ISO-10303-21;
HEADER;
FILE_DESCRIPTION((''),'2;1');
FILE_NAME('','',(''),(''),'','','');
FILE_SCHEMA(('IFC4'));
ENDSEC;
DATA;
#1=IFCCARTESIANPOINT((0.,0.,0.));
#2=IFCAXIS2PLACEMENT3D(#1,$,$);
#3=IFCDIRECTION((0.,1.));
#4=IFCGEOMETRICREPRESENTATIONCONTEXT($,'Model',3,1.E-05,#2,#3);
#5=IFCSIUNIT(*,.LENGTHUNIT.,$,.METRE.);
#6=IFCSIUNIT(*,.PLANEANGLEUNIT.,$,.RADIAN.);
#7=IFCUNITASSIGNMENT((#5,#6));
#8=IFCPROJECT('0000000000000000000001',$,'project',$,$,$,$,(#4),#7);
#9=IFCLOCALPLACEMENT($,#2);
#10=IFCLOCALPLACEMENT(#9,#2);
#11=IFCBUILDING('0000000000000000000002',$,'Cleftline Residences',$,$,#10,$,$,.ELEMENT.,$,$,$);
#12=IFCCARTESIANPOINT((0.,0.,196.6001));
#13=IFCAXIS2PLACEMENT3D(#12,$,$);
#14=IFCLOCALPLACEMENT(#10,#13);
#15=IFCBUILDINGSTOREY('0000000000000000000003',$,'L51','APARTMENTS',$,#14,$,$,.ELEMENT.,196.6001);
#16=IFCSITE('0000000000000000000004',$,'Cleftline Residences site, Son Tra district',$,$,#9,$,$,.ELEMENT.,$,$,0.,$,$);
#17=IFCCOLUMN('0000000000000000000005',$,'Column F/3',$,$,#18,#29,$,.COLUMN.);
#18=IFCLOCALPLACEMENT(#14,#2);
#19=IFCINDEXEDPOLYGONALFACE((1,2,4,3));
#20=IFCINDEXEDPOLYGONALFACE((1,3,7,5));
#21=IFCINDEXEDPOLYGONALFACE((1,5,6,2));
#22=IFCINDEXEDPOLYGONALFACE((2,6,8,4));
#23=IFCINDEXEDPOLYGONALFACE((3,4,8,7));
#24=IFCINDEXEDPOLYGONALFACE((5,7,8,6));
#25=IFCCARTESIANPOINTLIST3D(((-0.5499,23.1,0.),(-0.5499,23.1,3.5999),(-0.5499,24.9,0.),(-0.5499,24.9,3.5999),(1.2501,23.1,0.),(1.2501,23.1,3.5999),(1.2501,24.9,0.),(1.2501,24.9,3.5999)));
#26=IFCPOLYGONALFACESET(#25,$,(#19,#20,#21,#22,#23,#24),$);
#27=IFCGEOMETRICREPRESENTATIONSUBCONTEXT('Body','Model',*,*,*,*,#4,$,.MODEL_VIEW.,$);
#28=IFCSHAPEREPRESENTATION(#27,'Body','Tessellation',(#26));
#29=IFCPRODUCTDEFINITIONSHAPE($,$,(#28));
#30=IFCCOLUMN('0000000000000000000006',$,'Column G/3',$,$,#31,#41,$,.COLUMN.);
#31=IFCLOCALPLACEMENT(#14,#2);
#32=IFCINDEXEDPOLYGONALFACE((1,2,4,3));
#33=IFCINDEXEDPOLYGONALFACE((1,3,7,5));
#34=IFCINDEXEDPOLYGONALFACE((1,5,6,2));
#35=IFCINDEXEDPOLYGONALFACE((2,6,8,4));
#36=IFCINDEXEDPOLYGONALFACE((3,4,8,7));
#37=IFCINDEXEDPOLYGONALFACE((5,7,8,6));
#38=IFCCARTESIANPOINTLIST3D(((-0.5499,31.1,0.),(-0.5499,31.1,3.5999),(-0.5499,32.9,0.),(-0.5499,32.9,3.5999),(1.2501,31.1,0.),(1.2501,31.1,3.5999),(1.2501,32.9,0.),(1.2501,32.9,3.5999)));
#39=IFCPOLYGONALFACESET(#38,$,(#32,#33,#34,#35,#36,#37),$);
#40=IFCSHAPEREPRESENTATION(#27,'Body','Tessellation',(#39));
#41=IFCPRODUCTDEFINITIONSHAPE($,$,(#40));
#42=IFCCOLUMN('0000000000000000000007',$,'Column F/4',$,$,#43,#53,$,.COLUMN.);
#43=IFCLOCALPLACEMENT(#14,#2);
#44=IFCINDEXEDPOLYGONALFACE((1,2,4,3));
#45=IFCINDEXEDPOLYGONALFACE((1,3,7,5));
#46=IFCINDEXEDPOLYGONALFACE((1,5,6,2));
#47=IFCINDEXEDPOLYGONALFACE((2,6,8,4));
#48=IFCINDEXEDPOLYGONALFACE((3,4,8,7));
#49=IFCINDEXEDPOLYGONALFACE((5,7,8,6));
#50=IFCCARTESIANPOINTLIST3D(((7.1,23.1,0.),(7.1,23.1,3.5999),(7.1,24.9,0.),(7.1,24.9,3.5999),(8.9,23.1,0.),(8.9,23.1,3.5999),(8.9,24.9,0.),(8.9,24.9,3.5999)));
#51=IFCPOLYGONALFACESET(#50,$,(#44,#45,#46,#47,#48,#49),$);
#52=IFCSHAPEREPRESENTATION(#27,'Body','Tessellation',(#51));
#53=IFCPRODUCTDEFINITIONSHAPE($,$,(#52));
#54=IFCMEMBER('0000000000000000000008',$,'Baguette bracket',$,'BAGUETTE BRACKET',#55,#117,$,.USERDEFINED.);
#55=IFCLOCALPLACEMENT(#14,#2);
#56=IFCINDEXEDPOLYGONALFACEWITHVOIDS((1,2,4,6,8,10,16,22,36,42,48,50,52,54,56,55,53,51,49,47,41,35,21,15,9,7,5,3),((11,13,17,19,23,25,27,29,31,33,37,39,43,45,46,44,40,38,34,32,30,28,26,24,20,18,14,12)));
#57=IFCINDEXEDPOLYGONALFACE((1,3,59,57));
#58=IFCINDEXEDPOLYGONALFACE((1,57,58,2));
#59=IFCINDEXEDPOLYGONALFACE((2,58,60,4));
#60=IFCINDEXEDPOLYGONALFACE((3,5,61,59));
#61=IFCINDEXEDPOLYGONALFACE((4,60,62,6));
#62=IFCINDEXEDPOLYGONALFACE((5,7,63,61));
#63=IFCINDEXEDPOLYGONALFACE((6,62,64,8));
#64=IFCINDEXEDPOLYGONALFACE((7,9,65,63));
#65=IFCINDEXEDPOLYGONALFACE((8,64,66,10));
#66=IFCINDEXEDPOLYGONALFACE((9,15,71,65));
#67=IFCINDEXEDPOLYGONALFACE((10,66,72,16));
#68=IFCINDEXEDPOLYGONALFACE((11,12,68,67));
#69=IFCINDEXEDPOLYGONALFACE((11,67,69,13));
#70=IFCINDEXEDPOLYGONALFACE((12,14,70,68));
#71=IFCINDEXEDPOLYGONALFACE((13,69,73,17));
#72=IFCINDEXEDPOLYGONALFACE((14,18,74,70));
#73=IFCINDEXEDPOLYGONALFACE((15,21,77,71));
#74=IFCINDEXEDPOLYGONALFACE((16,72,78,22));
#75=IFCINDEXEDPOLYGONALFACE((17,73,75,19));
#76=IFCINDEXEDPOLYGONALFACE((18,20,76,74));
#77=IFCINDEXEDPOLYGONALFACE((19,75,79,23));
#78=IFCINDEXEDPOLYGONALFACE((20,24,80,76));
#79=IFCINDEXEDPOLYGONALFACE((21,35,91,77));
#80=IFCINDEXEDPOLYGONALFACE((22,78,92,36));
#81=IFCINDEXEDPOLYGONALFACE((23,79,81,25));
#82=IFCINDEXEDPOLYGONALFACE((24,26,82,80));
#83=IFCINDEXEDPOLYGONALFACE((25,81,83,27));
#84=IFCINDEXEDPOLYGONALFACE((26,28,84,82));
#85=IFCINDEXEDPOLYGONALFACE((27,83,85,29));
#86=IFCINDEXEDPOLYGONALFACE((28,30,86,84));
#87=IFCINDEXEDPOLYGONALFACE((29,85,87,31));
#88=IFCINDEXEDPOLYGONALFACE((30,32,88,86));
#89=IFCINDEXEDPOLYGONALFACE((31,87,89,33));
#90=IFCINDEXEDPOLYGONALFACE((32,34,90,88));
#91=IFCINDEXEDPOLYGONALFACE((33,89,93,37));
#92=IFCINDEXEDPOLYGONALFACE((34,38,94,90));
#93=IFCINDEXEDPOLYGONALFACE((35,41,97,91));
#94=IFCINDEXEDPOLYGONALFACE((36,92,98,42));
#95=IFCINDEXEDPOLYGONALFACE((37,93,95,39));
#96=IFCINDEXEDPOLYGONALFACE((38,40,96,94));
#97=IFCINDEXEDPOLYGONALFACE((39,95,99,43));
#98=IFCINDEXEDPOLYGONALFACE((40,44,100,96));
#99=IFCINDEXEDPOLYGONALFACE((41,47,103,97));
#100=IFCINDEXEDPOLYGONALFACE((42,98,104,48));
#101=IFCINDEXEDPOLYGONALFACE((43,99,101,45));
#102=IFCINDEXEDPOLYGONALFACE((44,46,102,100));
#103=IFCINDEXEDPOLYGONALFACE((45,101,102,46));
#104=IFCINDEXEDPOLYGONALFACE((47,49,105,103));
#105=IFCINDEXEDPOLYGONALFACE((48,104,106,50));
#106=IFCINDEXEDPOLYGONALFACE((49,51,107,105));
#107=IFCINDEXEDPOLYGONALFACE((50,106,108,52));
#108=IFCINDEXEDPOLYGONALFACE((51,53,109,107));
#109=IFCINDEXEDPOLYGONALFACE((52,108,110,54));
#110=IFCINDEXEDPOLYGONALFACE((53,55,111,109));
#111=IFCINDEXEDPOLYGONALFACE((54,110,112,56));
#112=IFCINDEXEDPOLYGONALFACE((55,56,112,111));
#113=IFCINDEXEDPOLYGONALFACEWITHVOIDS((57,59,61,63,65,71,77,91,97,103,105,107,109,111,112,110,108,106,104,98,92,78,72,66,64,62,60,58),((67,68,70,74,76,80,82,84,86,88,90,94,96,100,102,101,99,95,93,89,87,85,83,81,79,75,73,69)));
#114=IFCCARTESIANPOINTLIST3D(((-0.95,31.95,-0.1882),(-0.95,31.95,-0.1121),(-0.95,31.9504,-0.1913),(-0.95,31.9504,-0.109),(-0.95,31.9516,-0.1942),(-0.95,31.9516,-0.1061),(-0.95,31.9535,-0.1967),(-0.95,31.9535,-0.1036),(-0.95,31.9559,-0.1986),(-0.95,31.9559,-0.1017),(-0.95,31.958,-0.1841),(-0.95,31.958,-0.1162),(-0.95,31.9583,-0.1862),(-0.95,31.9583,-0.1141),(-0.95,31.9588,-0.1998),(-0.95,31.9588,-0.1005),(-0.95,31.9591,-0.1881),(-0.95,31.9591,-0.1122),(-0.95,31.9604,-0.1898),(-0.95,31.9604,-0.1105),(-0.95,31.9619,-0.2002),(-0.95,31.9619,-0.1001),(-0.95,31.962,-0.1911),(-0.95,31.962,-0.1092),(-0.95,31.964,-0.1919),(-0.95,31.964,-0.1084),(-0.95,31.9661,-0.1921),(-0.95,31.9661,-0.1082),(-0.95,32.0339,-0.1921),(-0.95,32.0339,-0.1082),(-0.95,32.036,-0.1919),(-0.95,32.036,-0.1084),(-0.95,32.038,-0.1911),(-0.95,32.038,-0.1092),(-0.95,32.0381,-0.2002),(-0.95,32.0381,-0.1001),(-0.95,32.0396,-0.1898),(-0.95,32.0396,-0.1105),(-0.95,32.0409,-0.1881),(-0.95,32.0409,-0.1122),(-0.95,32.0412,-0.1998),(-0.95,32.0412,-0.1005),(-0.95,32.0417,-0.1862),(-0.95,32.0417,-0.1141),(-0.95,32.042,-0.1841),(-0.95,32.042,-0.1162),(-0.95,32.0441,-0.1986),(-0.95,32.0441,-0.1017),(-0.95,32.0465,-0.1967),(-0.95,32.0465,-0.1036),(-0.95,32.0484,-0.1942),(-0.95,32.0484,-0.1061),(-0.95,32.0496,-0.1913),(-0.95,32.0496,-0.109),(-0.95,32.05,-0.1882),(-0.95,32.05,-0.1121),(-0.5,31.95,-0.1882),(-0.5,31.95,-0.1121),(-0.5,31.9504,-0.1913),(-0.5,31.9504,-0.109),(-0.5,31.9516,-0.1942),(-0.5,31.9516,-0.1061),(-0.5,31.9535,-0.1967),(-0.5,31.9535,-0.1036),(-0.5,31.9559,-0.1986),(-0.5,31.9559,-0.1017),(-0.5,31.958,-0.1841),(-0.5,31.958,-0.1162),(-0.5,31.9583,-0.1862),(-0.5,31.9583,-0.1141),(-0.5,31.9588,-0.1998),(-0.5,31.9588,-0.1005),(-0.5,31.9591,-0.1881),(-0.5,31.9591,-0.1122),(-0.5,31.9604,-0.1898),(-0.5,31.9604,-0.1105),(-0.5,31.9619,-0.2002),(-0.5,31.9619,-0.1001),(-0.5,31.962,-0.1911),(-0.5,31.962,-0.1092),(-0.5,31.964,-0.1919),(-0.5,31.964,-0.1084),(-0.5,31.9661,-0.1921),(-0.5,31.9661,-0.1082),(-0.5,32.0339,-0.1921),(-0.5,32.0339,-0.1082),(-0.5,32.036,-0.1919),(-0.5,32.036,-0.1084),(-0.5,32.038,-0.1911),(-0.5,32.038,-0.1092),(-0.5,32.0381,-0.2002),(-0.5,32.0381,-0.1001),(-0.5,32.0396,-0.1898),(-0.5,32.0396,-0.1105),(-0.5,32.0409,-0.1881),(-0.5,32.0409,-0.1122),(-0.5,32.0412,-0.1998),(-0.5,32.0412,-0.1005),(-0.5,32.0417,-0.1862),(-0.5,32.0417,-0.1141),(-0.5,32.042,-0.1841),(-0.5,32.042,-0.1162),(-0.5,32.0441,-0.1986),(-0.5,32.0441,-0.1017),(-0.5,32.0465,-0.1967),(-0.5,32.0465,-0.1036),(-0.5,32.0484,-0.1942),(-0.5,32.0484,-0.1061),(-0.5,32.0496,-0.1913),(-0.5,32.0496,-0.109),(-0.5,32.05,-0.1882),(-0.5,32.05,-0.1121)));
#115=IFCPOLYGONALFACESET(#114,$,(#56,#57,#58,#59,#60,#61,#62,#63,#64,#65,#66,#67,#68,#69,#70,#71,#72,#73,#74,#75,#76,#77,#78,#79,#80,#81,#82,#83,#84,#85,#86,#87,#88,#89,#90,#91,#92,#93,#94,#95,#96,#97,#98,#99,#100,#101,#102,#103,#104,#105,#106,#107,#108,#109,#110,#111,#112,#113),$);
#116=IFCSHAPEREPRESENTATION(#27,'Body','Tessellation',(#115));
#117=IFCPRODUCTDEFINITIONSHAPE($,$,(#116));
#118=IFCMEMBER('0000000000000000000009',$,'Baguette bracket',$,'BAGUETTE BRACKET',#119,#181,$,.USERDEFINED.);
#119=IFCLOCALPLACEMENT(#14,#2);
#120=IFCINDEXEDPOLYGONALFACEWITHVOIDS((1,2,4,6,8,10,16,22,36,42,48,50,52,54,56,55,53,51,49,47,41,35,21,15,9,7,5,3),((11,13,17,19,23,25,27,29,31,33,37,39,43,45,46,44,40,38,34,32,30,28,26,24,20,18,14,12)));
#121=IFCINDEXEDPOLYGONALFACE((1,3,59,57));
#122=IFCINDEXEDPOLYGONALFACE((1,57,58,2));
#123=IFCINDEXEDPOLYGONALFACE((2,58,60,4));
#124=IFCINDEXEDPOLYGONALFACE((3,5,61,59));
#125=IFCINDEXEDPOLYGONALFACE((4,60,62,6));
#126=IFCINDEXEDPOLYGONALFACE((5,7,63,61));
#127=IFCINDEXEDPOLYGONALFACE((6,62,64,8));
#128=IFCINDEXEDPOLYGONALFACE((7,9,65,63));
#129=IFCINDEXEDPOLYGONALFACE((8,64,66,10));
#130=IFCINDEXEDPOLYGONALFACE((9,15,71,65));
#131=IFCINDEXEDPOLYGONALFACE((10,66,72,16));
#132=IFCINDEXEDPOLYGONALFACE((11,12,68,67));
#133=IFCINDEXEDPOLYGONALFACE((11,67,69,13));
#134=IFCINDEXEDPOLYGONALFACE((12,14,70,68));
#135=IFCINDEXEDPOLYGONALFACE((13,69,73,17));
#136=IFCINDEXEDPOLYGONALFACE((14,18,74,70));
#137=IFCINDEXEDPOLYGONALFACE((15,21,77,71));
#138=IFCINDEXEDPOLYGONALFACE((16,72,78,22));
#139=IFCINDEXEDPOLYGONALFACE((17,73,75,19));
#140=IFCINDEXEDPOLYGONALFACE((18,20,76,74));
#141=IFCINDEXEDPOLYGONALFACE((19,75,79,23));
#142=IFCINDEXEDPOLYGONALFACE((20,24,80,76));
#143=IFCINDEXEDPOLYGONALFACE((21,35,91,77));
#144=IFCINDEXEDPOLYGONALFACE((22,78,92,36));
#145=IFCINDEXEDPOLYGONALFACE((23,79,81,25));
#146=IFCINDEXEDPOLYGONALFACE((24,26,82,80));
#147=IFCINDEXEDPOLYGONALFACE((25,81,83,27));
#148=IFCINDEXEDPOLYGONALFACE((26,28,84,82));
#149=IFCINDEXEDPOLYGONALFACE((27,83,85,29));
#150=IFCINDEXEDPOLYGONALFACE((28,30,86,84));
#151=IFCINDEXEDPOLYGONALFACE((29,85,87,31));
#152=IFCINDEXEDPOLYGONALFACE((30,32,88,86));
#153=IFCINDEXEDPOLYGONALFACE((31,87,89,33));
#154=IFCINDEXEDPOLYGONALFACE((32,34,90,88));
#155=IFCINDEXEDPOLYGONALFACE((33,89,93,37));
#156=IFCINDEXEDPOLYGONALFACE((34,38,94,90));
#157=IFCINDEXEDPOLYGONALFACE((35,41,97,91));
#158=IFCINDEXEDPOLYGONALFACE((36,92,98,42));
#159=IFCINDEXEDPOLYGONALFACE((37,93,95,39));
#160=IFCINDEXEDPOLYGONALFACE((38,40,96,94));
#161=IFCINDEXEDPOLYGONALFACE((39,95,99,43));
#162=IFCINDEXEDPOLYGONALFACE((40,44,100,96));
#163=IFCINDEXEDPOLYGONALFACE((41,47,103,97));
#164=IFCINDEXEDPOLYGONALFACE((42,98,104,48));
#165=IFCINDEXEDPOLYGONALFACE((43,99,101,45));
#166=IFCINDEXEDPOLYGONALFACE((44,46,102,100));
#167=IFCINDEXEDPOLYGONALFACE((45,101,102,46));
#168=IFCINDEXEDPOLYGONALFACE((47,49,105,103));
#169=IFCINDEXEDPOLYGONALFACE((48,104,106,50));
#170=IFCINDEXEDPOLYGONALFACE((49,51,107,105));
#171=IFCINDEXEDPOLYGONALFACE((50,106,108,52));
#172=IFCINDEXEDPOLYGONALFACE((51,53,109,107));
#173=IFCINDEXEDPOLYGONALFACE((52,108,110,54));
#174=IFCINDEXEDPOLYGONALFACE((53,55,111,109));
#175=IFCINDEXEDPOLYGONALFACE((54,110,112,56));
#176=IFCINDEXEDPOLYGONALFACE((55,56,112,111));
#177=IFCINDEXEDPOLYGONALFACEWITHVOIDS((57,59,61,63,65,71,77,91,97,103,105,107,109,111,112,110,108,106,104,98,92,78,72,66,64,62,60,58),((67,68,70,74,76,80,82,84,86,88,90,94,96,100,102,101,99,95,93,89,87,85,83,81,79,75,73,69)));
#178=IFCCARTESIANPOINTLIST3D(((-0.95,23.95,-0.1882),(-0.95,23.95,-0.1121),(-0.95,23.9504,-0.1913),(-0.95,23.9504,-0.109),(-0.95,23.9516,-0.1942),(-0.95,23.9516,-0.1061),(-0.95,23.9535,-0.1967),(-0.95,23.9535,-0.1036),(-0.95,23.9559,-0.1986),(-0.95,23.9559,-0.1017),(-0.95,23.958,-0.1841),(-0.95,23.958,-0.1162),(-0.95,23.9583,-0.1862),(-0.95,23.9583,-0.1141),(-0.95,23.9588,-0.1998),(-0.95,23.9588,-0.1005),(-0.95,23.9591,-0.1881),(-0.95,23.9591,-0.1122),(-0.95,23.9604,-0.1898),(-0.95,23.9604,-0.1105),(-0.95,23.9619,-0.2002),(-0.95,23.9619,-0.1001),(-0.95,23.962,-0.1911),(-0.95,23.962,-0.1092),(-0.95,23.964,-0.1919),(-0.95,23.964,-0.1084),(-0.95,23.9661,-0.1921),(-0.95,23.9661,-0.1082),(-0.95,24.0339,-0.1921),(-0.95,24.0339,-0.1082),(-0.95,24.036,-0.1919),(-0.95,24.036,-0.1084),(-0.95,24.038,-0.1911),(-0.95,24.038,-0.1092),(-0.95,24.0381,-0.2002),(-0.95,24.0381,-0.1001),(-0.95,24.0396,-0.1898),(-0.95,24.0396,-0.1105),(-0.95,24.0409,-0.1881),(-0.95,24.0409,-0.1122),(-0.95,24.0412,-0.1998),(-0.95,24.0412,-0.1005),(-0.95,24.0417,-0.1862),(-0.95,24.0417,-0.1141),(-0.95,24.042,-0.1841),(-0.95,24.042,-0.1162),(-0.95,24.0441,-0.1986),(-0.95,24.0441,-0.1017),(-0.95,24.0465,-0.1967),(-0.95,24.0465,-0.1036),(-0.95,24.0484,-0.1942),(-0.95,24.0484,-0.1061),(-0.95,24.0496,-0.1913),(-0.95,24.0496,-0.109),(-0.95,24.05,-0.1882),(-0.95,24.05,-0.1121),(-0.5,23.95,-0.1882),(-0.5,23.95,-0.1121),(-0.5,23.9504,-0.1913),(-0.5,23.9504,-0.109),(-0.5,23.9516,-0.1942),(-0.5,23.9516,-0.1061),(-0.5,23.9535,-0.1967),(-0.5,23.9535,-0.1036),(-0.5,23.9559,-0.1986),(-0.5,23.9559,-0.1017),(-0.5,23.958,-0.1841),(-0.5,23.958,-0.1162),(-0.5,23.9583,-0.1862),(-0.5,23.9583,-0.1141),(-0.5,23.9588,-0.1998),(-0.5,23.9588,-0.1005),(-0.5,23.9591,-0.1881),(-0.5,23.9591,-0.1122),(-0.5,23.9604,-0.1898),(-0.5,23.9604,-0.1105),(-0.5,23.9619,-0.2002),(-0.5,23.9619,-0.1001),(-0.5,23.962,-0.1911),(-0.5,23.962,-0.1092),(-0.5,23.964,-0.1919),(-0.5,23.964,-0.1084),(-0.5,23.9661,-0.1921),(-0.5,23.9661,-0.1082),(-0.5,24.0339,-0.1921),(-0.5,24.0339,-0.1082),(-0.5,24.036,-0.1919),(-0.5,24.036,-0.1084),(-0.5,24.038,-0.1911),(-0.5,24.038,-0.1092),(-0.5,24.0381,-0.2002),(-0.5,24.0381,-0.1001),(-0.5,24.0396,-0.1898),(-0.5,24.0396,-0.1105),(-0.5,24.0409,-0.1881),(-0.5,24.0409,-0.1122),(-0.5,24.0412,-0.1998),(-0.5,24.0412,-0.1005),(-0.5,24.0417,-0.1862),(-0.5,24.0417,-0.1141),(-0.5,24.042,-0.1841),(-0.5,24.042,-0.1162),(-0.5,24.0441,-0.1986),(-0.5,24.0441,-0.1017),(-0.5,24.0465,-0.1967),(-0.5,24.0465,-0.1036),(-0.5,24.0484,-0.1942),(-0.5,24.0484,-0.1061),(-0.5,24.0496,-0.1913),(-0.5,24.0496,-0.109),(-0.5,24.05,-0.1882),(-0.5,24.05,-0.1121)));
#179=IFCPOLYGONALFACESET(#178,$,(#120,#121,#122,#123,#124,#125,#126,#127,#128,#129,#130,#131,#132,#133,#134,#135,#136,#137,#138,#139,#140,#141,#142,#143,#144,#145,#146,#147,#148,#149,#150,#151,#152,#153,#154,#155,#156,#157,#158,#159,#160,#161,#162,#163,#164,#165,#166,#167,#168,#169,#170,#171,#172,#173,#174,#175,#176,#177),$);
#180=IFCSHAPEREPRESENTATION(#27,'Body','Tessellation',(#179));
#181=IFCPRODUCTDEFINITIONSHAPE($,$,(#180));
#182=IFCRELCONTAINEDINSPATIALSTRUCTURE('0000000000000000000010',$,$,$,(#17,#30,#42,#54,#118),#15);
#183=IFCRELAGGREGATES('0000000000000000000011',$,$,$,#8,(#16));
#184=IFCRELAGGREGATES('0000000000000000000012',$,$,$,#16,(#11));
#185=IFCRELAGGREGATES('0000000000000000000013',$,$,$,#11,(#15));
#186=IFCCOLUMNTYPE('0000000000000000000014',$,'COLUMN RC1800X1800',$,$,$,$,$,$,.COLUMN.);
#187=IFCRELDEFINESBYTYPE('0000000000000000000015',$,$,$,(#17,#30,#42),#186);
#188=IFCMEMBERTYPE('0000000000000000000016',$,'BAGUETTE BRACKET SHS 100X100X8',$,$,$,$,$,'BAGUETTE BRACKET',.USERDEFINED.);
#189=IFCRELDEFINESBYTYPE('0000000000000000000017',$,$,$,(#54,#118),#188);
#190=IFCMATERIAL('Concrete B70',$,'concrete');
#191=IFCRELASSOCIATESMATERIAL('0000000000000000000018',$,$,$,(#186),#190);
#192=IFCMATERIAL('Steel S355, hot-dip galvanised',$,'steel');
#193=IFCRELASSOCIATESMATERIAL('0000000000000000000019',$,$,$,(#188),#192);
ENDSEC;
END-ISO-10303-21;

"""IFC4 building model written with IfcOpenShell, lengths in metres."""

from ifc_helpers import new_model, si_unit, direction, frame, origin, origin_2d, place, context, subcontext, project, spatial, rectangle, hollow_rectangle, extrude, material, material_profile, profile_set, type_object, element, save


model = new_model("IFC4")

# Units and contexts
model_context = context("Model", 3, precision=1e-05, world=origin(), true_north=direction((0.0, 1.0)))
body_context = subcontext(model_context, "Body", "Model", "MODEL_VIEW")
ifc_project = project(units=[si_unit("LENGTHUNIT", "METRE"), si_unit("PLANEANGLEUNIT", "RADIAN")], contexts=[model_context])

# Site, building, storey
site_placement = place(None, origin())
site = spatial("IfcSite", under=ifc_project, at=site_placement, Name="Cleftline Residences site, Son Tra district", CompositionType="ELEMENT", RefElevation=0.0)
building_placement = place(site_placement, origin())
building = spatial("IfcBuilding", under=site, at=building_placement, Name="Cleftline Residences", CompositionType="ELEMENT")
storey_placement = place(building_placement, frame((0.0, 0.0, 196.6001)))
storey = spatial("IfcBuildingStorey", under=building, at=storey_placement, Name="L51", Description="APARTMENTS", CompositionType="ELEMENT", Elevation=196.6001)

# Columns
ifc_material_1 = material(Name="Concrete B70", Category="concrete")
ifc_material_profile_1 = material_profile(ifc_material_1, rectangle(XDim=1.8, YDim=1.8, at=origin_2d()))
ifc_profile_set_1 = profile_set([ifc_material_profile_1], Name="Concrete B70")
column_type = type_object("IfcColumnType", Name="COLUMN RC1800X1800", PredefinedType="COLUMN", material=ifc_profile_set_1)
for number, where, z_axis, x_axis, name in (
    (1, (0.3501, 24.0, 0.0), (0.0, 0.0, 1.0), (1.0, 0.0, 0.0), "Column F/3"),
    (2, (0.3501, 32.0, 0.0), (0.0, 0.0, 1.0), (1.0, 0.0, 0.0), "Column G/3"),
    (3, (8.0, 24.0, 0.0), (0.0, 0.0, 1.0), (1.0, 0.0, 0.0), "Column F/4"),
):
    element("IfcColumn", number, at=place(storey_placement, frame(where, z_axis=z_axis, x_axis=x_axis)), inside=storey, type_object=column_type, Name=name, PredefinedType="COLUMN", context=body_context, shape_type="SweptSolid", body=[
        extrude(rectangle(XDim=1.8, YDim=1.8, at=origin_2d()), origin(), (0.0, 0.0, 1.0), 3.5999),
    ])

# Members
ifc_material_2 = material(Name="Steel S355, hot-dip galvanised", Category="steel")
ifc_material_profile_2 = material_profile(ifc_material_2, hollow_rectangle(XDim=0.1001, YDim=0.1001, WallThickness=0.0081, InnerFilletRadius=0.0081, OuterFilletRadius=0.012, at=origin_2d()))
ifc_profile_set_2 = profile_set([ifc_material_profile_2], Name="Steel S355, hot-dip galvanised")
member_type_1 = type_object("IfcMemberType", Name="BAGUETTE BRACKET SHS 100X100X8", ElementType="BAGUETTE BRACKET", PredefinedType="USERDEFINED", material=ifc_profile_set_2)
for number, where, z_axis, x_axis, name in (
    (4, (-0.5, 32.0, -0.1501), (-1.0, 0.0, 0.0), (0.0, -1.0, 0.0), "Baguette bracket"),
    (5, (-0.5, 24.0, -0.1501), (-1.0, 0.0, 0.0), (0.0, -1.0, 0.0), "Baguette bracket"),
):
    element("IfcMember", number, at=place(storey_placement, frame(where, z_axis=z_axis, x_axis=x_axis)), inside=storey, type_object=member_type_1, Name=name, ObjectType="BAGUETTE BRACKET", PredefinedType="USERDEFINED", context=body_context, shape_type="SweptSolid", body=[
        extrude(hollow_rectangle(XDim=0.1001, YDim=0.1001, WallThickness=0.0081, InnerFilletRadius=0.0081, OuterFilletRadius=0.012, at=origin_2d()), origin(), (0.0, 0.0, 1.0), 0.45),
    ])

save(model, "model.ifc")
